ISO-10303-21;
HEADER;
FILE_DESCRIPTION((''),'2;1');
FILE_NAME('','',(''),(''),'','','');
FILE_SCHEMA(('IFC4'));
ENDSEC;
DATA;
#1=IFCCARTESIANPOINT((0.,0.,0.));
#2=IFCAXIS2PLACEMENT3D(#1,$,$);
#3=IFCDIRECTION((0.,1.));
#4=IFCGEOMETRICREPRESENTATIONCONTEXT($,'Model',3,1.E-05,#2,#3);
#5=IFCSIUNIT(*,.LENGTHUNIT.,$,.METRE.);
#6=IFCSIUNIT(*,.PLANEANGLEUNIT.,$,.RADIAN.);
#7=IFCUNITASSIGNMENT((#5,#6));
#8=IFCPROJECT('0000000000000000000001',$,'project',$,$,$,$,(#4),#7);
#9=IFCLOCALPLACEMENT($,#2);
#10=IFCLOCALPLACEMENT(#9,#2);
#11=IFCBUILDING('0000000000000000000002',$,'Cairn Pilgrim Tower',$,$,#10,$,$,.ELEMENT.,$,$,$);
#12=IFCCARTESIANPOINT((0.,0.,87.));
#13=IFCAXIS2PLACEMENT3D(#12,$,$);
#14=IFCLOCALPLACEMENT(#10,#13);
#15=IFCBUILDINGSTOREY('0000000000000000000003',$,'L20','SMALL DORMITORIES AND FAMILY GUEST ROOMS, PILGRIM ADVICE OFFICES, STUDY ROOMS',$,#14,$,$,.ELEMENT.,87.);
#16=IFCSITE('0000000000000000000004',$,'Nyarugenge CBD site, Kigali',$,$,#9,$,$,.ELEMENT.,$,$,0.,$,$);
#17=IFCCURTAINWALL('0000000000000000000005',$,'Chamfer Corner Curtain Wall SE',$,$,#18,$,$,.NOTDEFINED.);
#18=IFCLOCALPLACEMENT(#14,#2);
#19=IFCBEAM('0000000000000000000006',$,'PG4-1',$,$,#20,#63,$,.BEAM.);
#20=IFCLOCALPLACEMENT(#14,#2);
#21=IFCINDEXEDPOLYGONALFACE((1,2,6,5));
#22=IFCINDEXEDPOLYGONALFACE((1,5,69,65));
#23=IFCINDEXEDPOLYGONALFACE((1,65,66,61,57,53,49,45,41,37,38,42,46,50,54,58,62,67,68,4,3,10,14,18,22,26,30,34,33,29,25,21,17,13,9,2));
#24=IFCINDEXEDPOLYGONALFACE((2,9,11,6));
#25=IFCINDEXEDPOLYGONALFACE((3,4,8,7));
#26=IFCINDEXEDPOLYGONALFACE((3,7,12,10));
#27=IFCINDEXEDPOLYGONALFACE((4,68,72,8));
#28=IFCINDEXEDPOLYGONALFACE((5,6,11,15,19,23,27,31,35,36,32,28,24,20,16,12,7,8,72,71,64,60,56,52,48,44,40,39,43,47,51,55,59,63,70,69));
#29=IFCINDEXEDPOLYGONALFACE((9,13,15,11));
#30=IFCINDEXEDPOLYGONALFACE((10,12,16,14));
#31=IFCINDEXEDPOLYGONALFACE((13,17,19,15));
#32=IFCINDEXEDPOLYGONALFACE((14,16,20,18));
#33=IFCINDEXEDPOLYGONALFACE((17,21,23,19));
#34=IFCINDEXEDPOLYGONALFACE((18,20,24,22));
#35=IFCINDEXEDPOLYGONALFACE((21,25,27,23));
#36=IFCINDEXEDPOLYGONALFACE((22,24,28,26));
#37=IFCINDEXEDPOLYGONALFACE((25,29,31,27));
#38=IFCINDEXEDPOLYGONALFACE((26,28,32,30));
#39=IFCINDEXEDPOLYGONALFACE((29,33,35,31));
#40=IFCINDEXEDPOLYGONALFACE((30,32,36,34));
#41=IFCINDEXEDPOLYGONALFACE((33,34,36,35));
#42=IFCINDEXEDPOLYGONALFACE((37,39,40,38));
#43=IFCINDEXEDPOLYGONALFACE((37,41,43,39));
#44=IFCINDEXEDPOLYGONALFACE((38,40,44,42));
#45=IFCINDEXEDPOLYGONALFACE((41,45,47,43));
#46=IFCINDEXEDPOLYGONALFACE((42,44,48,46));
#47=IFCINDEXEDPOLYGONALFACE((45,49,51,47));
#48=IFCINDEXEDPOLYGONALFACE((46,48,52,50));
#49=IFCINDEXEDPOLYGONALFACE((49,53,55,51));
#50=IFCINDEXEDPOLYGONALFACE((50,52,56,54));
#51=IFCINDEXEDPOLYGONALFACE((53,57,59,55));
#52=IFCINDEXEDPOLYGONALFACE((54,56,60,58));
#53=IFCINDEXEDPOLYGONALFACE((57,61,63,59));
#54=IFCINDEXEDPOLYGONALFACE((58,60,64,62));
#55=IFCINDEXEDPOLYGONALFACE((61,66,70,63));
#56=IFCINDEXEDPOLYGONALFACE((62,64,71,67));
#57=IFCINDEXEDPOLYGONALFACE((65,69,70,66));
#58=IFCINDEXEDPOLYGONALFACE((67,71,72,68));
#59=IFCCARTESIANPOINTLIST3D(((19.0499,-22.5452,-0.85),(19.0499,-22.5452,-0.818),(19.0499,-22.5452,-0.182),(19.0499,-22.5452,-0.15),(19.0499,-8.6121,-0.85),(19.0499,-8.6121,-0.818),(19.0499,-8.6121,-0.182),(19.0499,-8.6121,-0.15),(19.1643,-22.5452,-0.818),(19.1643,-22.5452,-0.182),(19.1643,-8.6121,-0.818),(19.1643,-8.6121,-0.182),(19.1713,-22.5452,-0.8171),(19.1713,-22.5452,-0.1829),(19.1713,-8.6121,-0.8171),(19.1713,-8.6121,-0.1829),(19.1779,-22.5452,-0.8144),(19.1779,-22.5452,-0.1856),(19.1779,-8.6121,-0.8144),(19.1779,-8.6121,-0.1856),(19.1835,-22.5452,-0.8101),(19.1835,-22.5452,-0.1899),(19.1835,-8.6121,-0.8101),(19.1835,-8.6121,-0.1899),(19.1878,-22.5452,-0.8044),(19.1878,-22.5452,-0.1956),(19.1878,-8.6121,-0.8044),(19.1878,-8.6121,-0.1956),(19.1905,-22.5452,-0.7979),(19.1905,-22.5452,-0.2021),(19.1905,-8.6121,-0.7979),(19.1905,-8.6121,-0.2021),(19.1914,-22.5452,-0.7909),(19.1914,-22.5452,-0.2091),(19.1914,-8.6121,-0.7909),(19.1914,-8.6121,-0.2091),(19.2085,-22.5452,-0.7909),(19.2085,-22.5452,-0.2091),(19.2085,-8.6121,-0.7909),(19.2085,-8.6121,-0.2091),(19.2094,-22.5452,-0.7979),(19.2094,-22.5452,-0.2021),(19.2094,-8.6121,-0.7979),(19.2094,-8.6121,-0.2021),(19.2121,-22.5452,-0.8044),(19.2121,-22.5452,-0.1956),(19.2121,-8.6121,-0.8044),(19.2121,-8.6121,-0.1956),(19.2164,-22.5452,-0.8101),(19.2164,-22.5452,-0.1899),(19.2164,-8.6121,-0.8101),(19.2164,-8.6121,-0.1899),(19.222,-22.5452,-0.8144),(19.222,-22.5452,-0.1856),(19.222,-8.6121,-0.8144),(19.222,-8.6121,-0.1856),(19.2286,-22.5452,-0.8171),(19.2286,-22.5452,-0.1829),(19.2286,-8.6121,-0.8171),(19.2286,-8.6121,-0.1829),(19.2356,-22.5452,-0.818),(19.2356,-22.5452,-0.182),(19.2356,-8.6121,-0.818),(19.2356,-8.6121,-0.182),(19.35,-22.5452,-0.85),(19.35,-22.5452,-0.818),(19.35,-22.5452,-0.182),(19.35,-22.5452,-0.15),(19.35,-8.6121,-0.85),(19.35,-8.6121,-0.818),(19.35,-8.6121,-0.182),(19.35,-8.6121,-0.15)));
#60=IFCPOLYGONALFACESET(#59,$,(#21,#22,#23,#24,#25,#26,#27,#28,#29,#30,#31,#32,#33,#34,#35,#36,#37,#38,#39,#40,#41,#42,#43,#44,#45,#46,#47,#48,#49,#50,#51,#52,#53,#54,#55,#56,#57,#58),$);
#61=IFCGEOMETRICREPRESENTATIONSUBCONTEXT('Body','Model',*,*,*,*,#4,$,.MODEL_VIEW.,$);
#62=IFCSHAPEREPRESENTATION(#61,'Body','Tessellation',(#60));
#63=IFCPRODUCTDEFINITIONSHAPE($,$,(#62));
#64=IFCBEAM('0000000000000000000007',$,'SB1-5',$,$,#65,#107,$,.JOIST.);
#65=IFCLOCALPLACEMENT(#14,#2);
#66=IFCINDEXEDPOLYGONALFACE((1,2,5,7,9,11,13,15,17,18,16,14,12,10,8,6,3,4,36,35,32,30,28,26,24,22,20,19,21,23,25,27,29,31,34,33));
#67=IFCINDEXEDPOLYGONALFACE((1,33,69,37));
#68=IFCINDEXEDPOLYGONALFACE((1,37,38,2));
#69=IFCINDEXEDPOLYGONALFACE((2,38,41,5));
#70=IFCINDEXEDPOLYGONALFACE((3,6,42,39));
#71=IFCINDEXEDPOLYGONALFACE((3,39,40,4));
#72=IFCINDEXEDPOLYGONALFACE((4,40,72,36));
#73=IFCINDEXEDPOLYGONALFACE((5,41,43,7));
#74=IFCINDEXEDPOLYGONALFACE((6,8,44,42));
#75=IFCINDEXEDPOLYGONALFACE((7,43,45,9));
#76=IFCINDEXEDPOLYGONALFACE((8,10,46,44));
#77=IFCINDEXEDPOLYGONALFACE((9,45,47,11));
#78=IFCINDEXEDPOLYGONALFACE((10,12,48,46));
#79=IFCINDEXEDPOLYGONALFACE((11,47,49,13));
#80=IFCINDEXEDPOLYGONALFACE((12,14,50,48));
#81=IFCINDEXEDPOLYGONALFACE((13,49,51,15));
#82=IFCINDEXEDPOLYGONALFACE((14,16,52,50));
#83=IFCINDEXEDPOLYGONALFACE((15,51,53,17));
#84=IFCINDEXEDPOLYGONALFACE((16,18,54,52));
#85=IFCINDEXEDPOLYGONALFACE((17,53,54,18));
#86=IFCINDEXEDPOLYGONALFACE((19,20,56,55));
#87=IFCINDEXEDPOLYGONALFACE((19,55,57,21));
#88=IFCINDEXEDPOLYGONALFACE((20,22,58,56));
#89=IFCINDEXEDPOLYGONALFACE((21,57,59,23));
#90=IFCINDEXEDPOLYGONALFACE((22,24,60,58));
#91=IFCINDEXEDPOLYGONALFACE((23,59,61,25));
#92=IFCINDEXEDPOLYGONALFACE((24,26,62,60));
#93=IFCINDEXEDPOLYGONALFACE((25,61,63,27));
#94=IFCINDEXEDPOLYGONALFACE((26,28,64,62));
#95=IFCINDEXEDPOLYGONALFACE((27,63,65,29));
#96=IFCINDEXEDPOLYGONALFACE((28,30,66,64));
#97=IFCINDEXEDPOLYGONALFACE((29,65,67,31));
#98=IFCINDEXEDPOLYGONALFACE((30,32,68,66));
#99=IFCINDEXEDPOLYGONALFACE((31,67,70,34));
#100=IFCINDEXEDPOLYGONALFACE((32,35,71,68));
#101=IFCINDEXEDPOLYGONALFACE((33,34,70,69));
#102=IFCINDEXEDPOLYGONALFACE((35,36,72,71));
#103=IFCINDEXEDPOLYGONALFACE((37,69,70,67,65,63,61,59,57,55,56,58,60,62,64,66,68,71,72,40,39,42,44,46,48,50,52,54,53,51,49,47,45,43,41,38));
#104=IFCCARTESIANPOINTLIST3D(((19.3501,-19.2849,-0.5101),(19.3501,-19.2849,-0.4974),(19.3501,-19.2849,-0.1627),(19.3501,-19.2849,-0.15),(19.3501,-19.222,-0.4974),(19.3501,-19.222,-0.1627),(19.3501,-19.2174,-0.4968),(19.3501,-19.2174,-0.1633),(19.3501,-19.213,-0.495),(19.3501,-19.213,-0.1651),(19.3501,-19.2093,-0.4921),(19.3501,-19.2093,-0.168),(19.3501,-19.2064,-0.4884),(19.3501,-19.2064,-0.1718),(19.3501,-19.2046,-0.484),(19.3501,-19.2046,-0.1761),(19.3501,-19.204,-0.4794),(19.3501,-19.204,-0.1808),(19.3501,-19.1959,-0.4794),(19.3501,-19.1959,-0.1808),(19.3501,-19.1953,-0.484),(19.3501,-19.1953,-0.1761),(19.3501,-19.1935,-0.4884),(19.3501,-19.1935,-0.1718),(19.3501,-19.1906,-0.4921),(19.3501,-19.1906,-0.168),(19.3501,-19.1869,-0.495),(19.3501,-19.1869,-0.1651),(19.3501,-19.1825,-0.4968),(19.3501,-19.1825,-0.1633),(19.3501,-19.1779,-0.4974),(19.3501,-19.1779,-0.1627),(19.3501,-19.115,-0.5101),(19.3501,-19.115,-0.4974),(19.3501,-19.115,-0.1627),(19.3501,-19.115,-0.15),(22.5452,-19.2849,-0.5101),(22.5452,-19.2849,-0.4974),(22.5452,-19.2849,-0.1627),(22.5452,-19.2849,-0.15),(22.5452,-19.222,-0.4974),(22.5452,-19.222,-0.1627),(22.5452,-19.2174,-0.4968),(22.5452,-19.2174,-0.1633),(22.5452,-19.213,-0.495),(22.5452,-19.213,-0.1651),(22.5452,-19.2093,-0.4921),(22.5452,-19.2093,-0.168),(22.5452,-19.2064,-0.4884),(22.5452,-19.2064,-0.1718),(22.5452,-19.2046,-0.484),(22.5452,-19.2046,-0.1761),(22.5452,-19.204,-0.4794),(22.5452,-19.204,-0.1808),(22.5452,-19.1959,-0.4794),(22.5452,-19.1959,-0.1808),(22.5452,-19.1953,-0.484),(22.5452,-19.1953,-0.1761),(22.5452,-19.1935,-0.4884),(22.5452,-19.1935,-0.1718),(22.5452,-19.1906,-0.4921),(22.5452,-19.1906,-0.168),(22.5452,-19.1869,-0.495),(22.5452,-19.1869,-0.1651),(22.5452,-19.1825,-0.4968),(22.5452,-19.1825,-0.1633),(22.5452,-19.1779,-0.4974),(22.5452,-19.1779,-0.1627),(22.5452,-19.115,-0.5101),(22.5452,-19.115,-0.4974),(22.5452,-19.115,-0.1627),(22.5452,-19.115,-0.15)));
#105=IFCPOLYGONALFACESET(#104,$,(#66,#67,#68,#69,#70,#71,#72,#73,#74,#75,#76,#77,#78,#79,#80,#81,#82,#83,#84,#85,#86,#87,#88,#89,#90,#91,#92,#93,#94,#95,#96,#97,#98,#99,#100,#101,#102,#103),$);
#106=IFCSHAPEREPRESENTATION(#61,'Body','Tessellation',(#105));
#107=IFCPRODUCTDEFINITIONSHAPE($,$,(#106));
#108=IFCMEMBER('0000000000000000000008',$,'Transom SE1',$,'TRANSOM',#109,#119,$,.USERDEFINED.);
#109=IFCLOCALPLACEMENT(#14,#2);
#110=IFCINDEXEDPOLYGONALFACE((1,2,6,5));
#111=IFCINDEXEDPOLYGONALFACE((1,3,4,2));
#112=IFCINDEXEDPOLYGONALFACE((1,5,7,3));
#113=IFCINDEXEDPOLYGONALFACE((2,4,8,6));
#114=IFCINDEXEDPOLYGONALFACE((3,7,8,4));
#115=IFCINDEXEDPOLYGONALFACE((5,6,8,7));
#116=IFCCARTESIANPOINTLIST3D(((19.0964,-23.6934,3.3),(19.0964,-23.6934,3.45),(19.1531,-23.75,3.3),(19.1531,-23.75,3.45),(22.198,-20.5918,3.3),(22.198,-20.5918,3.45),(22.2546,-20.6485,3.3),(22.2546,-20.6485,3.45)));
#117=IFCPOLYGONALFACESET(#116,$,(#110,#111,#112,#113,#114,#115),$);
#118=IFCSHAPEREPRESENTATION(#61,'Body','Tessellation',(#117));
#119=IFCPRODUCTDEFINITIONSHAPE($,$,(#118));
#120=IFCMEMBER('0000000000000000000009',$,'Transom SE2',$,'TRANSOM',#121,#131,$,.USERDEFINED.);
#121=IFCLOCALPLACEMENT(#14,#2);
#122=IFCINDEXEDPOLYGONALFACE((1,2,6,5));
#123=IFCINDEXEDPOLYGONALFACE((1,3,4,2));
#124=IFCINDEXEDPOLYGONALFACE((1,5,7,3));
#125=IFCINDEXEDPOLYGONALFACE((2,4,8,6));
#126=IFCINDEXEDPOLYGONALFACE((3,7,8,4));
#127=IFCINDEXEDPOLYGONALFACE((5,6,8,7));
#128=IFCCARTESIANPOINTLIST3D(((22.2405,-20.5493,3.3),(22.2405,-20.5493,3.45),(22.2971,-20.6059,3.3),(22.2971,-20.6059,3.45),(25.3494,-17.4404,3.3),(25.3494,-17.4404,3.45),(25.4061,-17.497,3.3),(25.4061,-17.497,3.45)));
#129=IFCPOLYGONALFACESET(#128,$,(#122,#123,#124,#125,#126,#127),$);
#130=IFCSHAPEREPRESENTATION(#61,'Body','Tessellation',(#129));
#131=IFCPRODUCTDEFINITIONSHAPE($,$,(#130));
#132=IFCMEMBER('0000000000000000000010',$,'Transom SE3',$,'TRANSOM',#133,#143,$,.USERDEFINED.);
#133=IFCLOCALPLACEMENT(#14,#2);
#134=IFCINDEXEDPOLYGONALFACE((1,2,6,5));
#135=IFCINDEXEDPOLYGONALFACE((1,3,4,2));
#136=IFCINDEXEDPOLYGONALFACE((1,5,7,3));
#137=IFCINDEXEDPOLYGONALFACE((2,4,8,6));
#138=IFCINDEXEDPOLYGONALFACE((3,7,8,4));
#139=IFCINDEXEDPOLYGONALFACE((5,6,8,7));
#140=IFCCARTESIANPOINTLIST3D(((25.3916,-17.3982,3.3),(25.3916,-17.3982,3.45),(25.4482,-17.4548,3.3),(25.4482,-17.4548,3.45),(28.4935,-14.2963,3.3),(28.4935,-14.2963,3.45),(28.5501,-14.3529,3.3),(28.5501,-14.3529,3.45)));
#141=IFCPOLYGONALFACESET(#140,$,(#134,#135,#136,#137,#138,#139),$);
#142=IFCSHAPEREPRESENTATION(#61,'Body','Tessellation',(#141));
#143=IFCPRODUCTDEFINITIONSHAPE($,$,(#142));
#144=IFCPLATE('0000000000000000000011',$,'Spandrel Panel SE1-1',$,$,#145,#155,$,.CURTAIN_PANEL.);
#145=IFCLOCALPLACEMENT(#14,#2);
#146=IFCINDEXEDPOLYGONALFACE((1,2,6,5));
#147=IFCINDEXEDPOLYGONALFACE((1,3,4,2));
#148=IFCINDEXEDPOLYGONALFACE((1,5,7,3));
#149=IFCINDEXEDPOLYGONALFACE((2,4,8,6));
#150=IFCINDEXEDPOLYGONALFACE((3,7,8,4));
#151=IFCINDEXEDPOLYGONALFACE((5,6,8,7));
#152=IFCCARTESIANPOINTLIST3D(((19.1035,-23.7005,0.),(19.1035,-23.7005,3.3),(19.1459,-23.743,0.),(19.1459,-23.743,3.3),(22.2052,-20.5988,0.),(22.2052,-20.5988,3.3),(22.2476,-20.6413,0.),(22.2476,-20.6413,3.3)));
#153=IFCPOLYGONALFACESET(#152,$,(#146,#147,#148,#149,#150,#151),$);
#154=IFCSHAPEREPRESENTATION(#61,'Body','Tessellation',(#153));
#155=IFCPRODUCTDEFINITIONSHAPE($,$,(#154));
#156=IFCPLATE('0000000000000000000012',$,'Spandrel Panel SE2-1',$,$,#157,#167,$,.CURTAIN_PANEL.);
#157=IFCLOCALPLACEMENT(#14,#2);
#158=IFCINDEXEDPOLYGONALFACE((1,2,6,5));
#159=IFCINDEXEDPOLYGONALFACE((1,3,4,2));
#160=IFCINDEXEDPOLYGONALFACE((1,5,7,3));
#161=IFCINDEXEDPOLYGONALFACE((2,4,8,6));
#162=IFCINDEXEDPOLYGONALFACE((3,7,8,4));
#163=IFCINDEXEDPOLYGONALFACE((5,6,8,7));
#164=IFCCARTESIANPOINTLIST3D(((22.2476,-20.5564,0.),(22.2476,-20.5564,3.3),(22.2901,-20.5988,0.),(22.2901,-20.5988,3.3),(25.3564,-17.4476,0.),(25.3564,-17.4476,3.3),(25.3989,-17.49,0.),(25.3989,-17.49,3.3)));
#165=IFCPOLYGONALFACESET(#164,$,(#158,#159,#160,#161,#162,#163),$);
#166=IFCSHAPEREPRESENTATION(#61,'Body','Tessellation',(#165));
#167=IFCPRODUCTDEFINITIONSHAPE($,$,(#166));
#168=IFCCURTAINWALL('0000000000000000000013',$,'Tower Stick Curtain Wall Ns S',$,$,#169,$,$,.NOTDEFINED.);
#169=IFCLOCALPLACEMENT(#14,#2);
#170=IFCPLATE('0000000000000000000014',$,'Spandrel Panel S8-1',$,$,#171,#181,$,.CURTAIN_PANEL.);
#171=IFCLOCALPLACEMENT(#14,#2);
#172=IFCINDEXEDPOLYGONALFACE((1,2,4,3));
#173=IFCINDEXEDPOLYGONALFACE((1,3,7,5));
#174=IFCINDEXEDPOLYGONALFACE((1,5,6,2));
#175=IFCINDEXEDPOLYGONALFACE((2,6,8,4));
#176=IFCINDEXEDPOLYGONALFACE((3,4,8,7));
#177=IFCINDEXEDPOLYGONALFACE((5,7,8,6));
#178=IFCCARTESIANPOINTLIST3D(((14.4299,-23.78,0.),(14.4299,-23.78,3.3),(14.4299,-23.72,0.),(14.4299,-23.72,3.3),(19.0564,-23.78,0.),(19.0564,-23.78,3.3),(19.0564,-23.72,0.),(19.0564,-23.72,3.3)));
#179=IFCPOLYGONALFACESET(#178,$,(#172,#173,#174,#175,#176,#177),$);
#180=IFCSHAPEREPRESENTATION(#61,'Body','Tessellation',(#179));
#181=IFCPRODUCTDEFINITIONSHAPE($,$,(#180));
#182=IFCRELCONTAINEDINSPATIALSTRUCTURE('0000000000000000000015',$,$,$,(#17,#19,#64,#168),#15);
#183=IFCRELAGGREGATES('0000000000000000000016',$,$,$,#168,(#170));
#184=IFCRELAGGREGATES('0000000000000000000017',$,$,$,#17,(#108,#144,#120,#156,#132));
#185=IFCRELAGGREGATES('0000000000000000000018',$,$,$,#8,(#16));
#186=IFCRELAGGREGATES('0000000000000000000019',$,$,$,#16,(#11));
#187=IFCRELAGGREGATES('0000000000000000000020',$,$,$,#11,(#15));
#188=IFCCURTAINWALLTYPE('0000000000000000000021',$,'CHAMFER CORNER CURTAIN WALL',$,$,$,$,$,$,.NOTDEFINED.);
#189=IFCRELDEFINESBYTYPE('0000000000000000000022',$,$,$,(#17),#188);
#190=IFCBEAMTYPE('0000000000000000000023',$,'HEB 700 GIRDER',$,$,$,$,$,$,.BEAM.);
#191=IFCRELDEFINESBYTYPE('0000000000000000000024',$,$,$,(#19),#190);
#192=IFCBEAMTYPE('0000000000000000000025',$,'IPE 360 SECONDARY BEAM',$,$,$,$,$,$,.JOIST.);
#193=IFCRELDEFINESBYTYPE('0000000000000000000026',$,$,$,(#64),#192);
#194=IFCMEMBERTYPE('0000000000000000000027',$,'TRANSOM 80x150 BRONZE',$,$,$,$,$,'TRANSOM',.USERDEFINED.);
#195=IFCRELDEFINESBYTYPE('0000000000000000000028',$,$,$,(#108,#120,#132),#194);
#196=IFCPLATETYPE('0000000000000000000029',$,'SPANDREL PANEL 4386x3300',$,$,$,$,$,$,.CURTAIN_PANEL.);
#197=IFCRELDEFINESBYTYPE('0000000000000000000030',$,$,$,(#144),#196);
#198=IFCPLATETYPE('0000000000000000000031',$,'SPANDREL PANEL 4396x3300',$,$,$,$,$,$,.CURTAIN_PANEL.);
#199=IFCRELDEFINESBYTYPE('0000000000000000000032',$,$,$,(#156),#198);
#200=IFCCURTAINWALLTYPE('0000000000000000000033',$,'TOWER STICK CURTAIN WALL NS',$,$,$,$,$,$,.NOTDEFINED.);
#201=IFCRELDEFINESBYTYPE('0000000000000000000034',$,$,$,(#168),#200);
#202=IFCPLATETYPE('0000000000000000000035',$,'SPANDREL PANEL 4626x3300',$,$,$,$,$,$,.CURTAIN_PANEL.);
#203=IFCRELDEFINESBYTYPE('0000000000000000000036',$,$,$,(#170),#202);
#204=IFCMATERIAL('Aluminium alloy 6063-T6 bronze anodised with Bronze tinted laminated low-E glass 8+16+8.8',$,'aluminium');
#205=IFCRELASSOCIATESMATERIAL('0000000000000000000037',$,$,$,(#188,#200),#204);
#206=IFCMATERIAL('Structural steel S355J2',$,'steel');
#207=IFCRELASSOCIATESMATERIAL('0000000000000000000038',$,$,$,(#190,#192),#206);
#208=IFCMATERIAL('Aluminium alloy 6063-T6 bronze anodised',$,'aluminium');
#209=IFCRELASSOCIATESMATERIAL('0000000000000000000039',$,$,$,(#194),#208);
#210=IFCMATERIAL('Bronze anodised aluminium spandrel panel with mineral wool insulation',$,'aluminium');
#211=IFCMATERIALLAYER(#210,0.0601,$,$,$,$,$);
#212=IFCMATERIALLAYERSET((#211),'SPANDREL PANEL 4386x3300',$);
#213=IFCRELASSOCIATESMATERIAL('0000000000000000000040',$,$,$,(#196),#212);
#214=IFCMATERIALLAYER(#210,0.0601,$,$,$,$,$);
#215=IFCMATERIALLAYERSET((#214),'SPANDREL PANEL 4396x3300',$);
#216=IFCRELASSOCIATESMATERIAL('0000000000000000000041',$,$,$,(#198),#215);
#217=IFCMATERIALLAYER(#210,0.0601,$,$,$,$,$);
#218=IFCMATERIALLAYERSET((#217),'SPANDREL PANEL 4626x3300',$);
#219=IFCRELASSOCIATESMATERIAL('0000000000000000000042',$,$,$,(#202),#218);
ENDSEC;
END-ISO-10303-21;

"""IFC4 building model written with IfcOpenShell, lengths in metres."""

from ifc_helpers import new_model, si_unit, direction, frame, origin, origin_2d, place, context, subcontext, project, spatial, rectangle, i_section, extrude, material, layer, layer_set, material_profile, profile_set, type_object, element, aggregate, save


model = new_model("IFC4")

# Units and contexts
model_context = context("Model", 3, precision=1e-05, world=origin(), true_north=direction((0.0, 1.0)))
body_context = subcontext(model_context, "Body", "Model", "MODEL_VIEW")
ifc_project = project(units=[si_unit("LENGTHUNIT", "METRE"), si_unit("PLANEANGLEUNIT", "RADIAN")], contexts=[model_context])

# Site, building, storey
site_placement = place(None, origin())
site = spatial("IfcSite", under=ifc_project, at=site_placement, Name="Nyarugenge CBD site, Kigali", CompositionType="ELEMENT", RefElevation=0.0)
building_placement = place(site_placement, origin())
building = spatial("IfcBuilding", under=site, at=building_placement, Name="Cairn Pilgrim Tower", CompositionType="ELEMENT")
storey_placement = place(building_placement, frame((0.0, 0.0, 87.0)))
storey = spatial("IfcBuildingStorey", under=building, at=storey_placement, Name="L20", Description="SMALL DORMITORIES AND FAMILY GUEST ROOMS, PILGRIM ADVICE OFFICES, STUDY ROOMS", CompositionType="ELEMENT", Elevation=87.0)

# Shared definitions
ifc_material_1 = material(Name="Structural steel S355J2", Category="steel")

# Curtain wall
ifc_material_2 = material(Name="Aluminium alloy 6063-T6 bronze anodised with Bronze tinted laminated low-E glass 8+16+8.8", Category="aluminium")
curtain_wall_type_1 = type_object("IfcCurtainWallType", Name="CHAMFER CORNER CURTAIN WALL", PredefinedType="NOTDEFINED", material=ifc_material_2)
curtain_wall_1_placement = place(storey_placement, origin())
curtain_wall_1 = element("IfcCurtainWall", 1, at=curtain_wall_1_placement, inside=storey, type_object=curtain_wall_type_1, Name="Chamfer Corner Curtain Wall SE", PredefinedType="NOTDEFINED")
ifc_material_3 = material(Name="Aluminium alloy 6063-T6 bronze anodised", Category="aluminium")

# Beams
ifc_material_profile_1 = material_profile(ifc_material_1, i_section(OverallWidth=0.3, OverallDepth=0.7, WebThickness=0.0171, FlangeThickness=0.032, FilletRadius=0.0271, at=origin_2d()), Name="HEB 700")
ifc_profile_set_1 = profile_set([ifc_material_profile_1], Name="Structural steel S355J2")
beam_type_1 = type_object("IfcBeamType", Name="HEB 700 GIRDER", PredefinedType="BEAM", material=ifc_profile_set_1)
beam_1_placement = place(storey_placement, frame((19.2, -22.5452, -0.5), z_axis=(0.0, 1.0, 0.0), x_axis=(-1.0, 0.0, 0.0)))
element("IfcBeam", 2, at=beam_1_placement, inside=storey, type_object=beam_type_1, Name="PG4-1", PredefinedType="BEAM", context=body_context, shape_type="SweptSolid", body=[
    extrude(i_section(OverallWidth=0.3, OverallDepth=0.7, WebThickness=0.0171, FlangeThickness=0.032, FilletRadius=0.0271, at=origin_2d()), origin(), (0.0, 0.0, 1.0), 13.9331),
])
ifc_material_profile_2 = material_profile(ifc_material_1, i_section(OverallWidth=0.1699, OverallDepth=0.3601, WebThickness=0.0081, FlangeThickness=0.0127, FilletRadius=0.0181, at=origin_2d()), Name="IPE 360")
ifc_profile_set_2 = profile_set([ifc_material_profile_2], Name="Structural steel S355J2")
beam_type_2 = type_object("IfcBeamType", Name="IPE 360 SECONDARY BEAM", PredefinedType="JOIST", material=ifc_profile_set_2)
beam_2_placement = place(storey_placement, frame((19.3501, -19.2, -0.3301), z_axis=(1.0, 0.0, 0.0), x_axis=(0.0, 1.0, 0.0)))
element("IfcBeam", 3, at=beam_2_placement, inside=storey, type_object=beam_type_2, Name="SB1-5", PredefinedType="JOIST", context=body_context, shape_type="SweptSolid", body=[
    extrude(i_section(OverallWidth=0.1699, OverallDepth=0.3601, WebThickness=0.0081, FlangeThickness=0.0127, FilletRadius=0.0181, at=origin_2d()), origin(), (0.0, 0.0, 1.0), 3.1951),
])

# Members
ifc_material_profile_3 = material_profile(ifc_material_3, rectangle(XDim=0.0801, YDim=0.1499, at=origin_2d()), Name="TRANSOM 80x150 BRONZE")
ifc_profile_set_3 = profile_set([ifc_material_profile_3], Name="Aluminium alloy 6063-T6 bronze anodised")
member_type_1 = type_object("IfcMemberType", Name="TRANSOM 80x150 BRONZE", ElementType="TRANSOM", PredefinedType="USERDEFINED", material=ifc_profile_set_3)
member_1_placement = place(storey_placement, frame((19.1248, -23.7217, 3.375), z_axis=(0.707107, 0.707107, 0.0), x_axis=(-0.707107, 0.707107, 0.0)))
member_1 = element("IfcMember", 4, at=member_1_placement, type_object=member_type_1, Name="Transom SE1", ObjectType="TRANSOM", PredefinedType="USERDEFINED", context=body_context, shape_type="SweptSolid", body=[
    extrude(rectangle(XDim=0.0801, YDim=0.1499, at=origin_2d()), origin(), (0.0, 0.0, 1.0), 4.3862),
])
member_2_placement = place(storey_placement, frame((22.2688, -20.5776, 3.375), z_axis=(0.707107, 0.707107, 0.0), x_axis=(-0.707107, 0.707107, 0.0)))
member_2 = element("IfcMember", 5, at=member_2_placement, type_object=member_type_1, Name="Transom SE2", ObjectType="TRANSOM", PredefinedType="USERDEFINED", context=body_context, shape_type="SweptSolid", body=[
    extrude(rectangle(XDim=0.0801, YDim=0.1499, at=origin_2d()), origin(), (0.0, 0.0, 1.0), 4.3967),
])
member_3_placement = place(storey_placement, frame((25.4199, -17.4265, 3.375), z_axis=(0.707107, 0.707107, 0.0), x_axis=(-0.707107, 0.707107, 0.0)))
member_3 = element("IfcMember", 6, at=member_3_placement, type_object=member_type_1, Name="Transom SE3", ObjectType="TRANSOM", PredefinedType="USERDEFINED", context=body_context, shape_type="SweptSolid", body=[
    extrude(rectangle(XDim=0.0801, YDim=0.1499, at=origin_2d()), origin(), (0.0, 0.0, 1.0), 4.3867),
])

# Plates
ifc_material_4 = material(Name="Bronze anodised aluminium spandrel panel with mineral wool insulation", Category="aluminium")
ifc_layer_1 = layer(ifc_material_4, 0.0601)
ifc_layer_set_1 = layer_set([ifc_layer_1], Name="SPANDREL PANEL 4386x3300")
plate_type_1 = type_object("IfcPlateType", Name="SPANDREL PANEL 4386x3300", PredefinedType="CURTAIN_PANEL", material=ifc_layer_set_1)
plate_1_placement = place(storey_placement, frame((20.6755, -22.1709, 0.0), z_axis=(0.0, 0.0, 1.0), x_axis=(0.707107, 0.707107, 0.0)))
plate_1 = element("IfcPlate", 7, at=plate_1_placement, type_object=plate_type_1, Name="Spandrel Panel SE1-1", PredefinedType="CURTAIN_PANEL", context=body_context, shape_type="SweptSolid", body=[
    extrude(rectangle(XDim=4.3865, YDim=0.0601, at=origin_2d()), origin(), (0.0, 0.0, 1.0), 3.3),
])
ifc_layer_2 = layer(ifc_material_4, 0.0601)
ifc_layer_set_2 = layer_set([ifc_layer_2], Name="SPANDREL PANEL 4396x3300")
plate_type_2 = type_object("IfcPlateType", Name="SPANDREL PANEL 4396x3300", PredefinedType="CURTAIN_PANEL", material=ifc_layer_set_2)
plate_2_placement = place(storey_placement, frame((23.8232, -19.0232, 0.0), z_axis=(0.0, 0.0, 1.0), x_axis=(0.707107, 0.707107, 0.0)))
plate_2 = element("IfcPlate", 8, at=plate_2_placement, type_object=plate_type_2, Name="Spandrel Panel SE2-1", PredefinedType="CURTAIN_PANEL", context=body_context, shape_type="SweptSolid", body=[
    extrude(rectangle(XDim=4.3965, YDim=0.0601, at=origin_2d()), origin(), (0.0, 0.0, 1.0), 3.3),
])

# Curtain wall, plate
curtain_wall_type_2 = type_object("IfcCurtainWallType", Name="TOWER STICK CURTAIN WALL NS", PredefinedType="NOTDEFINED", material=ifc_material_2)
curtain_wall_2_placement = place(storey_placement, origin())
curtain_wall_2 = element("IfcCurtainWall", 9, at=curtain_wall_2_placement, inside=storey, type_object=curtain_wall_type_2, Name="Tower Stick Curtain Wall Ns S", PredefinedType="NOTDEFINED")
ifc_layer_3 = layer(ifc_material_4, 0.0601)
ifc_layer_set_3 = layer_set([ifc_layer_3], Name="SPANDREL PANEL 4626x3300")
plate_type_3 = type_object("IfcPlateType", Name="SPANDREL PANEL 4626x3300", PredefinedType="CURTAIN_PANEL", material=ifc_layer_set_3)
plate_3_placement = place(storey_placement, frame((16.7432, -23.75, 0.0), z_axis=(0.0, 0.0, 1.0), x_axis=(1.0, 0.0, 0.0)))
plate_3 = element("IfcPlate", 10, at=plate_3_placement, type_object=plate_type_3, Name="Spandrel Panel S8-1", PredefinedType="CURTAIN_PANEL", context=body_context, shape_type="SweptSolid", body=[
    extrude(rectangle(XDim=4.6265, YDim=0.0601, at=origin_2d()), origin(), (0.0, 0.0, 1.0), 3.3),
])
aggregate(curtain_wall_2, [plate_3])

aggregate(curtain_wall_1, [member_1, plate_1, member_2, plate_2, member_3])

save(model, "model.ifc")
